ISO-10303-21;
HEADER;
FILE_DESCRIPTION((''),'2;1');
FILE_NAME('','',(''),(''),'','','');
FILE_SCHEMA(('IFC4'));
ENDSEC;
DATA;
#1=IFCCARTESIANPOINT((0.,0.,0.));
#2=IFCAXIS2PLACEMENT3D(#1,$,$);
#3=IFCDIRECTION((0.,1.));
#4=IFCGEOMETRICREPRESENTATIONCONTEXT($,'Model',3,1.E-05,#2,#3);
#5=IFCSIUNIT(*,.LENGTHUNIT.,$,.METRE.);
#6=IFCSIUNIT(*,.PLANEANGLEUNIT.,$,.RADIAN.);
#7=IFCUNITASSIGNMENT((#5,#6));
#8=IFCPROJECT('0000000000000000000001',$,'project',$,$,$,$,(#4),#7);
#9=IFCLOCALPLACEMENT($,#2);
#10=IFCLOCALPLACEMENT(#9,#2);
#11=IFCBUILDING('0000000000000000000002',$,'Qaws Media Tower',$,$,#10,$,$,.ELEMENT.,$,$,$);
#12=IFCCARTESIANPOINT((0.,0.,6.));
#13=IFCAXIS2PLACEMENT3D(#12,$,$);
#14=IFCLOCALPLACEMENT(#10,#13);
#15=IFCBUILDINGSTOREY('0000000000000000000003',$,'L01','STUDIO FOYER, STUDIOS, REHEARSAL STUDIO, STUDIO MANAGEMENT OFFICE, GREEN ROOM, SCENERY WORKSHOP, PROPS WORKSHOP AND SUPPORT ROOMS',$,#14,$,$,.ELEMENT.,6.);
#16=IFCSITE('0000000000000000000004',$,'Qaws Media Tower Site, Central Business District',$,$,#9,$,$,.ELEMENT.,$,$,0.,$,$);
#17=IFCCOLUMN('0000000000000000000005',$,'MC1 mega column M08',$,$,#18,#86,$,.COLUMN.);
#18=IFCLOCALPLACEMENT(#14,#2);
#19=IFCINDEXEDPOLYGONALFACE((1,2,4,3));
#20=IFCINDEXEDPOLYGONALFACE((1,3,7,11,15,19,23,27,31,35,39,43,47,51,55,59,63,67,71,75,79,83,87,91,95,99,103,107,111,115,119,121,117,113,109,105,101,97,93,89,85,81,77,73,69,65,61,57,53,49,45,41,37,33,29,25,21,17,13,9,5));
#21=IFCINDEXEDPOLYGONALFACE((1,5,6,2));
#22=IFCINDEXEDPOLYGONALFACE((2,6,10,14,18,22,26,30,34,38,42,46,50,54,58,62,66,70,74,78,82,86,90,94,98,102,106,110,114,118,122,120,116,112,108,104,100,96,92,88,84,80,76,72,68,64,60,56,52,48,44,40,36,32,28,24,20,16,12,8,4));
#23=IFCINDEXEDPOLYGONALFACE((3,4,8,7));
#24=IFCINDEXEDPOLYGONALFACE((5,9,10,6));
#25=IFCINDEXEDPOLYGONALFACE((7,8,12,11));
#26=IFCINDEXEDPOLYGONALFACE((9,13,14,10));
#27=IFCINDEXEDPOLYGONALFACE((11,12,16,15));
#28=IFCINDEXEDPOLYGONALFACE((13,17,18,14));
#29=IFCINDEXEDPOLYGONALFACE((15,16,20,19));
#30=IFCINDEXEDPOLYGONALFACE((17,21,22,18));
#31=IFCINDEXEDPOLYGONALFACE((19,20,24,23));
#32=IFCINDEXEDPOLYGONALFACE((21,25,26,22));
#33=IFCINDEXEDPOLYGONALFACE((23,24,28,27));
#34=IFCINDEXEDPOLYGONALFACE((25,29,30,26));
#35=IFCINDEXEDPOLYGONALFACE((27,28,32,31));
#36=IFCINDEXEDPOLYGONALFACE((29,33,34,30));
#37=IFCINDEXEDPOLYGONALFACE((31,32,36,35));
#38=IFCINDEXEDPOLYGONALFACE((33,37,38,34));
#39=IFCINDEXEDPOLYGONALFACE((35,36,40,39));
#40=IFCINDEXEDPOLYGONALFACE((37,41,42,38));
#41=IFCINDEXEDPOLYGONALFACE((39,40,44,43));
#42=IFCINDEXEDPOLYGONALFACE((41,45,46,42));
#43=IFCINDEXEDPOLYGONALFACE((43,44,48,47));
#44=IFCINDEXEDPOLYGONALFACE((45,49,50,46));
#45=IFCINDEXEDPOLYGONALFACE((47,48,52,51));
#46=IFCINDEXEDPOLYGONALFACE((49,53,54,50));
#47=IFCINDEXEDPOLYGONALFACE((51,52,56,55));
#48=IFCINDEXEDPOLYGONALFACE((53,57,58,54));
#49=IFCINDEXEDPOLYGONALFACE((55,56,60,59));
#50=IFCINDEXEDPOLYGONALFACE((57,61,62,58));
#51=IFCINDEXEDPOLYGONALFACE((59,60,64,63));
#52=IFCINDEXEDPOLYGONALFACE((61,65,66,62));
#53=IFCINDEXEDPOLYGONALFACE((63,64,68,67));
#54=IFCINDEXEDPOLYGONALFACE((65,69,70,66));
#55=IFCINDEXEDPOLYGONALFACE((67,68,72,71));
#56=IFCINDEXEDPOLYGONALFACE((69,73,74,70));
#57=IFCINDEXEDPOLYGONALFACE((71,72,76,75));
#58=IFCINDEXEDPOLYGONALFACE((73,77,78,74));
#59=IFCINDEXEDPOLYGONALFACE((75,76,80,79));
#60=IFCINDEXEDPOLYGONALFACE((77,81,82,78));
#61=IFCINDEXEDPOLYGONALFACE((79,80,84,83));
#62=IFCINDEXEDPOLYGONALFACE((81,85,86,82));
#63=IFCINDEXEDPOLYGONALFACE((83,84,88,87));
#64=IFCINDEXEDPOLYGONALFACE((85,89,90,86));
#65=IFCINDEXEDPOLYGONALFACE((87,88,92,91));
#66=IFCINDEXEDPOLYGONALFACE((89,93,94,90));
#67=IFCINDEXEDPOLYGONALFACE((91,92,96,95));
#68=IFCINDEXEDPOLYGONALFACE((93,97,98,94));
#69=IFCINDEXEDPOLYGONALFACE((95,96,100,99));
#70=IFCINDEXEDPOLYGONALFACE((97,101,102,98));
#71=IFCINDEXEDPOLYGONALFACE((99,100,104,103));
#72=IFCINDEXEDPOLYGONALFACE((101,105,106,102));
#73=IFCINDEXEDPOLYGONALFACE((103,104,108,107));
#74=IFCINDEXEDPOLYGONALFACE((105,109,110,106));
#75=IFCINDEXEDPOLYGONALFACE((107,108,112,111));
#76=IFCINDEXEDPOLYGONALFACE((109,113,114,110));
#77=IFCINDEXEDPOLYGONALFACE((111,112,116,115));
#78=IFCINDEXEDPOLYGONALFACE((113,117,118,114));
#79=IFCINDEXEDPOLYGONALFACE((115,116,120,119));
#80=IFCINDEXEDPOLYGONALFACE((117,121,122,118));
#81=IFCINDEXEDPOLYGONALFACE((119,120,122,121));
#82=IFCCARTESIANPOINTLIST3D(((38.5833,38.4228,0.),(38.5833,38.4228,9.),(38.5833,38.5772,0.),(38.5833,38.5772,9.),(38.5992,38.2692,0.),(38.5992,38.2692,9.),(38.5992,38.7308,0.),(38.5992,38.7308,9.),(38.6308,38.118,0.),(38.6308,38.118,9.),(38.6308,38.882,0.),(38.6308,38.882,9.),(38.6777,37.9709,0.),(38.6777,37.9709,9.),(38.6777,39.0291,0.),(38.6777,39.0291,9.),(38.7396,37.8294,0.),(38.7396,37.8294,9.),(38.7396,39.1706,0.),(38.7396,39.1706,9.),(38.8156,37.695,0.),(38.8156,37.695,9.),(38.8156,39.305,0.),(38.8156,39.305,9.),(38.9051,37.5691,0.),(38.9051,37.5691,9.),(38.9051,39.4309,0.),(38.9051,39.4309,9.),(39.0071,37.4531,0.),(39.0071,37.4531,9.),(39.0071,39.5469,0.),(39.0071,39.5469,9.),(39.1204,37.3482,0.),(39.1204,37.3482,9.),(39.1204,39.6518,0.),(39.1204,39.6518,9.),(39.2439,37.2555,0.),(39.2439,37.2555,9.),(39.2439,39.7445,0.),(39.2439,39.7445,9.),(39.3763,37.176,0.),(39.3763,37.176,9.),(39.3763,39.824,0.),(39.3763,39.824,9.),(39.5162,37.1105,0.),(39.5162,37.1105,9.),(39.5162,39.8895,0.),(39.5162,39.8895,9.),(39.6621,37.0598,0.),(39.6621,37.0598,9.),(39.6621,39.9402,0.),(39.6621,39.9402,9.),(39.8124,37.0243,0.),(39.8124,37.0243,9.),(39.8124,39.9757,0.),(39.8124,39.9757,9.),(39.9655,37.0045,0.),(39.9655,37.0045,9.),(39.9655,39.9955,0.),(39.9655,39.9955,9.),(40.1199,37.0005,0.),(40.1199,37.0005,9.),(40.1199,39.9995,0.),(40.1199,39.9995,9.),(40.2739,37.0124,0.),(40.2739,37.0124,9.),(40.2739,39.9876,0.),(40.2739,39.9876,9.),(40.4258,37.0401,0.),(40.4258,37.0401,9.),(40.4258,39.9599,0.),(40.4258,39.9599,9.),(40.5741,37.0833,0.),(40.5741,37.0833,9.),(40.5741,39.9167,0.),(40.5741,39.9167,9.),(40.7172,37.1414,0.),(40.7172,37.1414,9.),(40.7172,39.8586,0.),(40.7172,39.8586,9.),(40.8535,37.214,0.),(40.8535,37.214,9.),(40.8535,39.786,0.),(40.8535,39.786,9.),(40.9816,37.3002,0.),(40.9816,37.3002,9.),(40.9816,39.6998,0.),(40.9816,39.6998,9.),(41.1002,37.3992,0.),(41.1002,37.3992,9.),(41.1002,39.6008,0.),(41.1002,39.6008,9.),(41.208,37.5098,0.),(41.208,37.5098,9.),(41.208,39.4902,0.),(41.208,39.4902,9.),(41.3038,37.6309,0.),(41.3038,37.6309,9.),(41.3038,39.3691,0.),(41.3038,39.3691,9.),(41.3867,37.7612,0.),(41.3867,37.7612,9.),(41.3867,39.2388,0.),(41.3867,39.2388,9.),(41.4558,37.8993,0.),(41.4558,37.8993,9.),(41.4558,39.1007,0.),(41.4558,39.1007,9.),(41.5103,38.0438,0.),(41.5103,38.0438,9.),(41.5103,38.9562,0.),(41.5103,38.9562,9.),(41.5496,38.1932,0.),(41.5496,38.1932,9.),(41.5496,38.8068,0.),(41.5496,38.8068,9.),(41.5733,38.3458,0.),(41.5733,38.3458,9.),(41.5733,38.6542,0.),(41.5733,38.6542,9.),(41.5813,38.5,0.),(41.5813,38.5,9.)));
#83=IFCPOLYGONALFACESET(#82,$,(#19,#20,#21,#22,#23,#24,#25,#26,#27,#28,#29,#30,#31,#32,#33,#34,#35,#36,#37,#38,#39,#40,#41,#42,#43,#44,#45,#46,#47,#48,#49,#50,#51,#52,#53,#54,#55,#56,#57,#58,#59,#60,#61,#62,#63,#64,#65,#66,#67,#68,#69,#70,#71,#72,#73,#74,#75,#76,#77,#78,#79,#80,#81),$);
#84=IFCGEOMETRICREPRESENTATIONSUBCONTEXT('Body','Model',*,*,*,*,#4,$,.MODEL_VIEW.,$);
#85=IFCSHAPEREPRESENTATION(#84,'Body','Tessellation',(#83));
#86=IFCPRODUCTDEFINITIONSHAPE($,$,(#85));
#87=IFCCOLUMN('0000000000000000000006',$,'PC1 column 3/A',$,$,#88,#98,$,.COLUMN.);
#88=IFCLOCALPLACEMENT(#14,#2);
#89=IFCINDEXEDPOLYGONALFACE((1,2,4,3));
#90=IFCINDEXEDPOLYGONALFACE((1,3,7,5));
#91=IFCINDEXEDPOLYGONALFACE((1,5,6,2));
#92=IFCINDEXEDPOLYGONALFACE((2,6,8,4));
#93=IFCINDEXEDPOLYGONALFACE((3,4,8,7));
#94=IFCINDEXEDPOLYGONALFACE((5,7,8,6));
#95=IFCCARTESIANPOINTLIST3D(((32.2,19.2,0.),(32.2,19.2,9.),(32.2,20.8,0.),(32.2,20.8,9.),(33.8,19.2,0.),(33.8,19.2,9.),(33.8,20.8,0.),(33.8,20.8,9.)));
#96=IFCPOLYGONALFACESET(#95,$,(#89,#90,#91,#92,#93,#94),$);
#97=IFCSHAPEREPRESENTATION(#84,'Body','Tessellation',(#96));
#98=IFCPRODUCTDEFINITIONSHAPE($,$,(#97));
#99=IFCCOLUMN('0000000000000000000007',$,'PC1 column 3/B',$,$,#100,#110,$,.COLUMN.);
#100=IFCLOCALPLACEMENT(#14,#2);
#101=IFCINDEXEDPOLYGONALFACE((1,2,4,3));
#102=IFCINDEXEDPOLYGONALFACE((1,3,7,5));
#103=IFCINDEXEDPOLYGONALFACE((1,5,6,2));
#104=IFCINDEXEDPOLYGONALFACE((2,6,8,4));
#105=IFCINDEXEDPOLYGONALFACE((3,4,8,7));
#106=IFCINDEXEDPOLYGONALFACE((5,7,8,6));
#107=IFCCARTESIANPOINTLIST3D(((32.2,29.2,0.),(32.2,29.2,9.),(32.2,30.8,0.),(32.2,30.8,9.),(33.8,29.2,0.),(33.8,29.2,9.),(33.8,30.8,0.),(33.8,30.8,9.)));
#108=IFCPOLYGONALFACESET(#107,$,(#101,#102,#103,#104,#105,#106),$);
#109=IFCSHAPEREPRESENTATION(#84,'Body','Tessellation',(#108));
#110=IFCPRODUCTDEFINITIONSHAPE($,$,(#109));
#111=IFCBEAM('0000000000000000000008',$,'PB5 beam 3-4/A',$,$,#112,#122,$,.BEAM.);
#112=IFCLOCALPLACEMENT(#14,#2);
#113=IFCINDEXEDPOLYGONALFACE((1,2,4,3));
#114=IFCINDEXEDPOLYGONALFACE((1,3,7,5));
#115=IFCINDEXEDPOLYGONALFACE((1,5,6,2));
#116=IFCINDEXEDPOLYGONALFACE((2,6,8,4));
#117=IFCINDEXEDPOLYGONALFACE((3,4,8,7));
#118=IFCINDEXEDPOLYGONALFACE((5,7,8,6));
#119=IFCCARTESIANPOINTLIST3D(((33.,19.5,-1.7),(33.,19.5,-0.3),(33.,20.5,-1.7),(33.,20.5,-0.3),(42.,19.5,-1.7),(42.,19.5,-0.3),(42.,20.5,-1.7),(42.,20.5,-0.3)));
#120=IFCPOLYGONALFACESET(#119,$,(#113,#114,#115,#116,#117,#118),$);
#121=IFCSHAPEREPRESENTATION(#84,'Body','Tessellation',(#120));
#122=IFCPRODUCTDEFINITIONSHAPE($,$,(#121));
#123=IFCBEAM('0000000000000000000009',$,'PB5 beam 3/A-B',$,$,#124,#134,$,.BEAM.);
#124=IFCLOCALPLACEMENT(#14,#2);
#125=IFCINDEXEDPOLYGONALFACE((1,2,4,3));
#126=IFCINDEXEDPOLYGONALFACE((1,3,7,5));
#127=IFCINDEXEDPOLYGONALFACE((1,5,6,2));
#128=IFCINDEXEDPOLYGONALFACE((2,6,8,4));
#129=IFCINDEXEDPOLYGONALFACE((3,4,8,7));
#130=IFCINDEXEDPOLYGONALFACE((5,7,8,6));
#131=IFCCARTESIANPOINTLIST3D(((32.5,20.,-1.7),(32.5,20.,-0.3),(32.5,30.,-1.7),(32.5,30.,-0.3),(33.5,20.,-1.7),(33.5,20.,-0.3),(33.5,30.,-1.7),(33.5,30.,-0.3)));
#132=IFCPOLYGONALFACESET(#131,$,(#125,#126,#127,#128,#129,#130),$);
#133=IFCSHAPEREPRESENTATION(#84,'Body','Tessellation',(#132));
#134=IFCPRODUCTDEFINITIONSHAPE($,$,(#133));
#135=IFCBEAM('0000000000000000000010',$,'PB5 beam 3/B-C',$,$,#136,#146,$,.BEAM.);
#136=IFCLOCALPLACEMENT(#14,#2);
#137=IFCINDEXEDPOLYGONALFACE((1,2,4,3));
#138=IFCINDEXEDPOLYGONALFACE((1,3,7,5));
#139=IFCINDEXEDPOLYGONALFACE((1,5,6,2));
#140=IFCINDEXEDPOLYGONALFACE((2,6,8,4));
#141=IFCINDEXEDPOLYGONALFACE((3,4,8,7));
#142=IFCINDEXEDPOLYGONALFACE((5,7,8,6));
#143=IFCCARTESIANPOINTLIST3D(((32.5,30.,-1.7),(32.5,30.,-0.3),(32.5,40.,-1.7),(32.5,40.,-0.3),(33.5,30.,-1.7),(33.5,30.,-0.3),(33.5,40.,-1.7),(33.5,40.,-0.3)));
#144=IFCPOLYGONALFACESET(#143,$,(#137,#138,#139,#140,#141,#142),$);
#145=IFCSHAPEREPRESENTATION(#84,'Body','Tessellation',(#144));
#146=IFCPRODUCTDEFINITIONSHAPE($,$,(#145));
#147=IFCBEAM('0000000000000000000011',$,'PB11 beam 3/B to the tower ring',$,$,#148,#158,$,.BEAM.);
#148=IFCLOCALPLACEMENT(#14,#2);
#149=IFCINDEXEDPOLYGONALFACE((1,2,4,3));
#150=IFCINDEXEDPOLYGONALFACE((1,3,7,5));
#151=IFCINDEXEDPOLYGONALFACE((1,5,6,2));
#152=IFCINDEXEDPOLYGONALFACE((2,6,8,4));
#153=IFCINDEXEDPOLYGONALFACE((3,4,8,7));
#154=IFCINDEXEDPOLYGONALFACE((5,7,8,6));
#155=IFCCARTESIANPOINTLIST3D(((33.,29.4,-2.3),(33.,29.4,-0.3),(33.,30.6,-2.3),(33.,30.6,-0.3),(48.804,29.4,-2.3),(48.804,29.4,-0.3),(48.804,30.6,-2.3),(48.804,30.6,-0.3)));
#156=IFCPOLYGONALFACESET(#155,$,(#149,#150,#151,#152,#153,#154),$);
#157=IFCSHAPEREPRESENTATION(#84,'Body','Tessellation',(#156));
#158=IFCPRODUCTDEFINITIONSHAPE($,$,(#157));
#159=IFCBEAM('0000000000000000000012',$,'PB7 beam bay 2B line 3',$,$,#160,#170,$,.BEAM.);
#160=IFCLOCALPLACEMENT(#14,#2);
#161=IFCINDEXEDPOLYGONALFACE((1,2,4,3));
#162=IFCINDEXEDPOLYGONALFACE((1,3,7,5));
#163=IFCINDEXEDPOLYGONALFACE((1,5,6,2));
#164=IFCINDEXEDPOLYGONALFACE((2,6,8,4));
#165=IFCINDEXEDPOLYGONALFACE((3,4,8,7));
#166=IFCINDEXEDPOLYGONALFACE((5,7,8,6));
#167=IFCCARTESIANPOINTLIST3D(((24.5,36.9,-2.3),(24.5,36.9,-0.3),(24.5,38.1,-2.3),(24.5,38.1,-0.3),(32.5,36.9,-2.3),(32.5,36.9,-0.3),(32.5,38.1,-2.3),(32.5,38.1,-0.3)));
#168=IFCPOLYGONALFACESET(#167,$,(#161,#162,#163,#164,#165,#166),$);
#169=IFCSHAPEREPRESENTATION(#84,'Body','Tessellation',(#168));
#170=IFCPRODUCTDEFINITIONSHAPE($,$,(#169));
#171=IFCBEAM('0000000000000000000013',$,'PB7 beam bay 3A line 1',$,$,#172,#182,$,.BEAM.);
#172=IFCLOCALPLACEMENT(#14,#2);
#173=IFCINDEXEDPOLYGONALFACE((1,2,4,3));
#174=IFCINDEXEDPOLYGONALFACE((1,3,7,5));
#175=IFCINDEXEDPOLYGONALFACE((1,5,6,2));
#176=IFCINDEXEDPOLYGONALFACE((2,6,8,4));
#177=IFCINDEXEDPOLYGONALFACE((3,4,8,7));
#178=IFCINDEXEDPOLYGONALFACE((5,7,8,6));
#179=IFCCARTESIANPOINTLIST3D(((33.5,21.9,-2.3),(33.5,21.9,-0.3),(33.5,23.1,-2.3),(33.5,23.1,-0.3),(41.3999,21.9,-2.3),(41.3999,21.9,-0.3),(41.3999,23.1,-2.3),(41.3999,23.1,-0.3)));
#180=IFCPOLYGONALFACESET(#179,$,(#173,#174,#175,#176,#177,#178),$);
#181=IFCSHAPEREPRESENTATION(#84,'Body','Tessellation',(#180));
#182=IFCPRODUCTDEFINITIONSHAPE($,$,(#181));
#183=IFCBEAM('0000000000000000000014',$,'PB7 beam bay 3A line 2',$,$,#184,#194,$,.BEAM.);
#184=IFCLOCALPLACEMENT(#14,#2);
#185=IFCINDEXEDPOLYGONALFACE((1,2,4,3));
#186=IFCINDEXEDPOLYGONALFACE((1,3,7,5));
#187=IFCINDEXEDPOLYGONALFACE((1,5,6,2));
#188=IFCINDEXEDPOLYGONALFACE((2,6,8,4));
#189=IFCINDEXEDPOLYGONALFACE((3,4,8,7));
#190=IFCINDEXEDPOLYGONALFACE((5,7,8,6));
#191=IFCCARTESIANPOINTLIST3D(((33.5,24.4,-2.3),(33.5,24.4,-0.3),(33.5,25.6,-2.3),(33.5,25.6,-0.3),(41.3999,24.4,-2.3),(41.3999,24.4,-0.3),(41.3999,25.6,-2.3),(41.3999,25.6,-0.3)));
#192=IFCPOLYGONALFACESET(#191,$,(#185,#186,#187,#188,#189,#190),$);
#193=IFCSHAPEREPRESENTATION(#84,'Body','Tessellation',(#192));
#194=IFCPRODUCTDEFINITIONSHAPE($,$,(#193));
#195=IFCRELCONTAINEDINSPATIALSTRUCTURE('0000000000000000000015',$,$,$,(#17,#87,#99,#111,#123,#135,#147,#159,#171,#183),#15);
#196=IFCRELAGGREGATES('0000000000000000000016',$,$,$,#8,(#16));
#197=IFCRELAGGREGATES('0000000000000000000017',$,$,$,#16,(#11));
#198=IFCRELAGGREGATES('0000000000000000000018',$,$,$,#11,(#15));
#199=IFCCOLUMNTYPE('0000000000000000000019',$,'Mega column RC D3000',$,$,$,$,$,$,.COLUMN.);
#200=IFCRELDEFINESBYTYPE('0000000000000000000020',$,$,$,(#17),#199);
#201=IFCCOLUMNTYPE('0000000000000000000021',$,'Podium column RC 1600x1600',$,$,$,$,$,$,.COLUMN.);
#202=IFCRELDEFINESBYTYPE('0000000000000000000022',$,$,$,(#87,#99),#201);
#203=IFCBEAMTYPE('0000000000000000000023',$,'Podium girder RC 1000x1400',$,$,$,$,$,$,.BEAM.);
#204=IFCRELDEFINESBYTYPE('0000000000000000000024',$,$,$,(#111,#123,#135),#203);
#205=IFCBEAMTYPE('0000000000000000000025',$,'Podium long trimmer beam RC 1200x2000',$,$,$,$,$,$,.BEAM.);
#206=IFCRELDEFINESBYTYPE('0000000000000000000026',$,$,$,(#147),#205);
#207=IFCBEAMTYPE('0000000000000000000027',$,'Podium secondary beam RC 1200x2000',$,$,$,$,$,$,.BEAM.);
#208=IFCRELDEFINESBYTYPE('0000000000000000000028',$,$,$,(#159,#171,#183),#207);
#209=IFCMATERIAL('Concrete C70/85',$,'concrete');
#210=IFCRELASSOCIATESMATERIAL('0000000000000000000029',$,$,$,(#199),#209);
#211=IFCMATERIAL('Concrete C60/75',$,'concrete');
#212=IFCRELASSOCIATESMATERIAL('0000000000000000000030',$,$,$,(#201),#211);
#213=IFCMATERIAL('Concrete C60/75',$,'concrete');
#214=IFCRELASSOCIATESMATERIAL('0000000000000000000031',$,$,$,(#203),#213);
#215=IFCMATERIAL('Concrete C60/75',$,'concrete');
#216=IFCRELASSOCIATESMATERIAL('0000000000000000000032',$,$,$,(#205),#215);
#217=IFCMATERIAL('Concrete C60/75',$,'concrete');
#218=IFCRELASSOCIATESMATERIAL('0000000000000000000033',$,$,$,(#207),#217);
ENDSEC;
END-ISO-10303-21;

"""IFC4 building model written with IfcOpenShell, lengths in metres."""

from ifc_helpers import new_model, si_unit, direction, frame, origin, origin_2d, place, context, subcontext, project, spatial, rectangle, circle, extrude, material, material_profile, profile_set, type_object, element, save


model = new_model("IFC4")

# Units and contexts
model_context = context("Model", 3, precision=1e-05, world=origin(), true_north=direction((0.0, 1.0)))
body_context = subcontext(model_context, "Body", "Model", "MODEL_VIEW")
ifc_project = project(units=[si_unit("LENGTHUNIT", "METRE"), si_unit("PLANEANGLEUNIT", "RADIAN")], contexts=[model_context])

# Site, building, storey
site_placement = place(None, origin())
site = spatial("IfcSite", under=ifc_project, at=site_placement, Name="Qaws Media Tower Site, Central Business District", CompositionType="ELEMENT", RefElevation=0.0)
building_placement = place(site_placement, origin())
building = spatial("IfcBuilding", under=site, at=building_placement, Name="Qaws Media Tower", CompositionType="ELEMENT")
storey_placement = place(building_placement, frame((0.0, 0.0, 6.0)))
storey = spatial("IfcBuildingStorey", under=building, at=storey_placement, Name="L01", Description="STUDIO FOYER, STUDIOS, REHEARSAL STUDIO, STUDIO MANAGEMENT OFFICE, GREEN ROOM, SCENERY WORKSHOP, PROPS WORKSHOP AND SUPPORT ROOMS", CompositionType="ELEMENT", Elevation=6.0)

# Columns
ifc_material_1 = material(Name="Concrete C70/85", Category="concrete")
ifc_material_profile_1 = material_profile(ifc_material_1, circle(Radius=1.5, at=origin_2d()), Name="RC D3000")
ifc_profile_set_1 = profile_set([ifc_material_profile_1], Name="Concrete C70/85")
column_type_1 = type_object("IfcColumnType", Name="Mega column RC D3000", PredefinedType="COLUMN", material=ifc_profile_set_1)
column_placement = place(storey_placement, frame((40.0813, 38.5, 0.0), z_axis=(0.0, 0.0, 1.0), x_axis=(1.0, 0.0, 0.0)))
element("IfcColumn", 1, at=column_placement, inside=storey, type_object=column_type_1, Name="MC1 mega column M08", PredefinedType="COLUMN", context=body_context, shape_type="SweptSolid", body=[
    extrude(circle(Radius=1.5, at=origin_2d()), origin(), (0.0, 0.0, 1.0), 9.0),
])
ifc_material_2 = material(Name="Concrete C60/75", Category="concrete")
ifc_material_profile_2 = material_profile(ifc_material_2, rectangle(XDim=1.6001, YDim=1.6001, at=origin_2d()), Name="RC 1600x1600")
ifc_profile_set_2 = profile_set([ifc_material_profile_2], Name="Concrete C60/75")
column_type_2 = type_object("IfcColumnType", Name="Podium column RC 1600x1600", PredefinedType="COLUMN", material=ifc_profile_set_2)
for number, where, z_axis, x_axis, name in (
    (2, (33.0, 20.0, 0.0), (0.0, 0.0, 1.0), (1.0, 0.0, 0.0), "PC1 column 3/A"),
    (3, (33.0, 30.0, 0.0), (0.0, 0.0, 1.0), (1.0, 0.0, 0.0), "PC1 column 3/B"),
):
    element("IfcColumn", number, at=place(storey_placement, frame(where, z_axis=z_axis, x_axis=x_axis)), inside=storey, type_object=column_type_2, Name=name, PredefinedType="COLUMN", context=body_context, shape_type="SweptSolid", body=[
        extrude(rectangle(XDim=1.6001, YDim=1.6001, at=origin_2d()), origin(), (0.0, 0.0, 1.0), 9.0),
    ])

# Beams
ifc_material_3 = material(Name="Concrete C60/75", Category="concrete")
ifc_material_profile_3 = material_profile(ifc_material_3, rectangle(XDim=1.0, YDim=1.3999, at=origin_2d()), Name="RC 1000x1400")
ifc_profile_set_3 = profile_set([ifc_material_profile_3], Name="Concrete C60/75")
beam_type_1 = type_object("IfcBeamType", Name="Podium girder RC 1000x1400", PredefinedType="BEAM", material=ifc_profile_set_3)
beam_1_placement = place(storey_placement, frame((33.0, 20.0, -1.0), z_axis=(1.0, 0.0, 0.0), x_axis=(0.0, 1.0, 0.0)))
element("IfcBeam", 4, at=beam_1_placement, inside=storey, type_object=beam_type_1, Name="PB5 beam 3-4/A", PredefinedType="BEAM", context=body_context, shape_type="SweptSolid", body=[
    extrude(rectangle(XDim=1.0, YDim=1.3999, at=origin_2d()), origin(), (0.0, 0.0, 1.0), 9.0),
])
for number, where, z_axis, x_axis, name in (
    (5, (33.0, 20.0, -1.0), (0.0, 1.0, 0.0), (-1.0, 0.0, 0.0), "PB5 beam 3/A-B"),
    (6, (33.0, 30.0, -1.0), (0.0, 1.0, 0.0), (-1.0, 0.0, 0.0), "PB5 beam 3/B-C"),
):
    element("IfcBeam", number, at=place(storey_placement, frame(where, z_axis=z_axis, x_axis=x_axis)), inside=storey, type_object=beam_type_1, Name=name, PredefinedType="BEAM", context=body_context, shape_type="SweptSolid", body=[
        extrude(rectangle(XDim=1.0, YDim=1.3999, at=origin_2d()), origin(), (0.0, 0.0, 1.0), 10.0),
    ])
ifc_material_4 = material(Name="Concrete C60/75", Category="concrete")
ifc_material_profile_4 = material_profile(ifc_material_4, rectangle(XDim=1.2, YDim=2.0, at=origin_2d()), Name="RC 1200x2000")
ifc_profile_set_4 = profile_set([ifc_material_profile_4], Name="Concrete C60/75")
beam_type_2 = type_object("IfcBeamType", Name="Podium long trimmer beam RC 1200x2000", PredefinedType="BEAM", material=ifc_profile_set_4)
beam_2_placement = place(storey_placement, frame((33.0, 30.0, -1.3), z_axis=(1.0, 0.0, 0.0), x_axis=(0.0, 1.0, 0.0)))
element("IfcBeam", 7, at=beam_2_placement, inside=storey, type_object=beam_type_2, Name="PB11 beam 3/B to the tower ring", PredefinedType="BEAM", context=body_context, shape_type="SweptSolid", body=[
    extrude(rectangle(XDim=1.2, YDim=2.0, at=origin_2d()), origin(), (0.0, 0.0, 1.0), 15.804),
])
ifc_material_5 = material(Name="Concrete C60/75", Category="concrete")
ifc_material_profile_5 = material_profile(ifc_material_5, rectangle(XDim=1.2, YDim=2.0, at=origin_2d()), Name="RC 1200x2000")
ifc_profile_set_5 = profile_set([ifc_material_profile_5], Name="Concrete C60/75")
beam_type_3 = type_object("IfcBeamType", Name="Podium secondary beam RC 1200x2000", PredefinedType="BEAM", material=ifc_profile_set_5)
beam_3_placement = place(storey_placement, frame((24.5, 37.5, -1.3), z_axis=(1.0, 0.0, 0.0), x_axis=(0.0, 1.0, 0.0)))
element("IfcBeam", 8, at=beam_3_placement, inside=storey, type_object=beam_type_3, Name="PB7 beam bay 2B line 3", PredefinedType="BEAM", context=body_context, shape_type="SweptSolid", body=[
    extrude(rectangle(XDim=1.2, YDim=2.0, at=origin_2d()), origin(), (0.0, 0.0, 1.0), 8.0),
])
for number, where, z_axis, x_axis, name in (
    (9, (33.5, 22.5, -1.3), (1.0, 0.0, 0.0), (0.0, 1.0, 0.0), "PB7 beam bay 3A line 1"),
    (10, (33.5, 25.0, -1.3), (1.0, 0.0, 0.0), (0.0, 1.0, 0.0), "PB7 beam bay 3A line 2"),
):
    element("IfcBeam", number, at=place(storey_placement, frame(where, z_axis=z_axis, x_axis=x_axis)), inside=storey, type_object=beam_type_3, Name=name, PredefinedType="BEAM", context=body_context, shape_type="SweptSolid", body=[
        extrude(rectangle(XDim=1.2, YDim=2.0, at=origin_2d()), origin(), (0.0, 0.0, 1.0), 7.8999),
    ])

save(model, "model.ifc")
